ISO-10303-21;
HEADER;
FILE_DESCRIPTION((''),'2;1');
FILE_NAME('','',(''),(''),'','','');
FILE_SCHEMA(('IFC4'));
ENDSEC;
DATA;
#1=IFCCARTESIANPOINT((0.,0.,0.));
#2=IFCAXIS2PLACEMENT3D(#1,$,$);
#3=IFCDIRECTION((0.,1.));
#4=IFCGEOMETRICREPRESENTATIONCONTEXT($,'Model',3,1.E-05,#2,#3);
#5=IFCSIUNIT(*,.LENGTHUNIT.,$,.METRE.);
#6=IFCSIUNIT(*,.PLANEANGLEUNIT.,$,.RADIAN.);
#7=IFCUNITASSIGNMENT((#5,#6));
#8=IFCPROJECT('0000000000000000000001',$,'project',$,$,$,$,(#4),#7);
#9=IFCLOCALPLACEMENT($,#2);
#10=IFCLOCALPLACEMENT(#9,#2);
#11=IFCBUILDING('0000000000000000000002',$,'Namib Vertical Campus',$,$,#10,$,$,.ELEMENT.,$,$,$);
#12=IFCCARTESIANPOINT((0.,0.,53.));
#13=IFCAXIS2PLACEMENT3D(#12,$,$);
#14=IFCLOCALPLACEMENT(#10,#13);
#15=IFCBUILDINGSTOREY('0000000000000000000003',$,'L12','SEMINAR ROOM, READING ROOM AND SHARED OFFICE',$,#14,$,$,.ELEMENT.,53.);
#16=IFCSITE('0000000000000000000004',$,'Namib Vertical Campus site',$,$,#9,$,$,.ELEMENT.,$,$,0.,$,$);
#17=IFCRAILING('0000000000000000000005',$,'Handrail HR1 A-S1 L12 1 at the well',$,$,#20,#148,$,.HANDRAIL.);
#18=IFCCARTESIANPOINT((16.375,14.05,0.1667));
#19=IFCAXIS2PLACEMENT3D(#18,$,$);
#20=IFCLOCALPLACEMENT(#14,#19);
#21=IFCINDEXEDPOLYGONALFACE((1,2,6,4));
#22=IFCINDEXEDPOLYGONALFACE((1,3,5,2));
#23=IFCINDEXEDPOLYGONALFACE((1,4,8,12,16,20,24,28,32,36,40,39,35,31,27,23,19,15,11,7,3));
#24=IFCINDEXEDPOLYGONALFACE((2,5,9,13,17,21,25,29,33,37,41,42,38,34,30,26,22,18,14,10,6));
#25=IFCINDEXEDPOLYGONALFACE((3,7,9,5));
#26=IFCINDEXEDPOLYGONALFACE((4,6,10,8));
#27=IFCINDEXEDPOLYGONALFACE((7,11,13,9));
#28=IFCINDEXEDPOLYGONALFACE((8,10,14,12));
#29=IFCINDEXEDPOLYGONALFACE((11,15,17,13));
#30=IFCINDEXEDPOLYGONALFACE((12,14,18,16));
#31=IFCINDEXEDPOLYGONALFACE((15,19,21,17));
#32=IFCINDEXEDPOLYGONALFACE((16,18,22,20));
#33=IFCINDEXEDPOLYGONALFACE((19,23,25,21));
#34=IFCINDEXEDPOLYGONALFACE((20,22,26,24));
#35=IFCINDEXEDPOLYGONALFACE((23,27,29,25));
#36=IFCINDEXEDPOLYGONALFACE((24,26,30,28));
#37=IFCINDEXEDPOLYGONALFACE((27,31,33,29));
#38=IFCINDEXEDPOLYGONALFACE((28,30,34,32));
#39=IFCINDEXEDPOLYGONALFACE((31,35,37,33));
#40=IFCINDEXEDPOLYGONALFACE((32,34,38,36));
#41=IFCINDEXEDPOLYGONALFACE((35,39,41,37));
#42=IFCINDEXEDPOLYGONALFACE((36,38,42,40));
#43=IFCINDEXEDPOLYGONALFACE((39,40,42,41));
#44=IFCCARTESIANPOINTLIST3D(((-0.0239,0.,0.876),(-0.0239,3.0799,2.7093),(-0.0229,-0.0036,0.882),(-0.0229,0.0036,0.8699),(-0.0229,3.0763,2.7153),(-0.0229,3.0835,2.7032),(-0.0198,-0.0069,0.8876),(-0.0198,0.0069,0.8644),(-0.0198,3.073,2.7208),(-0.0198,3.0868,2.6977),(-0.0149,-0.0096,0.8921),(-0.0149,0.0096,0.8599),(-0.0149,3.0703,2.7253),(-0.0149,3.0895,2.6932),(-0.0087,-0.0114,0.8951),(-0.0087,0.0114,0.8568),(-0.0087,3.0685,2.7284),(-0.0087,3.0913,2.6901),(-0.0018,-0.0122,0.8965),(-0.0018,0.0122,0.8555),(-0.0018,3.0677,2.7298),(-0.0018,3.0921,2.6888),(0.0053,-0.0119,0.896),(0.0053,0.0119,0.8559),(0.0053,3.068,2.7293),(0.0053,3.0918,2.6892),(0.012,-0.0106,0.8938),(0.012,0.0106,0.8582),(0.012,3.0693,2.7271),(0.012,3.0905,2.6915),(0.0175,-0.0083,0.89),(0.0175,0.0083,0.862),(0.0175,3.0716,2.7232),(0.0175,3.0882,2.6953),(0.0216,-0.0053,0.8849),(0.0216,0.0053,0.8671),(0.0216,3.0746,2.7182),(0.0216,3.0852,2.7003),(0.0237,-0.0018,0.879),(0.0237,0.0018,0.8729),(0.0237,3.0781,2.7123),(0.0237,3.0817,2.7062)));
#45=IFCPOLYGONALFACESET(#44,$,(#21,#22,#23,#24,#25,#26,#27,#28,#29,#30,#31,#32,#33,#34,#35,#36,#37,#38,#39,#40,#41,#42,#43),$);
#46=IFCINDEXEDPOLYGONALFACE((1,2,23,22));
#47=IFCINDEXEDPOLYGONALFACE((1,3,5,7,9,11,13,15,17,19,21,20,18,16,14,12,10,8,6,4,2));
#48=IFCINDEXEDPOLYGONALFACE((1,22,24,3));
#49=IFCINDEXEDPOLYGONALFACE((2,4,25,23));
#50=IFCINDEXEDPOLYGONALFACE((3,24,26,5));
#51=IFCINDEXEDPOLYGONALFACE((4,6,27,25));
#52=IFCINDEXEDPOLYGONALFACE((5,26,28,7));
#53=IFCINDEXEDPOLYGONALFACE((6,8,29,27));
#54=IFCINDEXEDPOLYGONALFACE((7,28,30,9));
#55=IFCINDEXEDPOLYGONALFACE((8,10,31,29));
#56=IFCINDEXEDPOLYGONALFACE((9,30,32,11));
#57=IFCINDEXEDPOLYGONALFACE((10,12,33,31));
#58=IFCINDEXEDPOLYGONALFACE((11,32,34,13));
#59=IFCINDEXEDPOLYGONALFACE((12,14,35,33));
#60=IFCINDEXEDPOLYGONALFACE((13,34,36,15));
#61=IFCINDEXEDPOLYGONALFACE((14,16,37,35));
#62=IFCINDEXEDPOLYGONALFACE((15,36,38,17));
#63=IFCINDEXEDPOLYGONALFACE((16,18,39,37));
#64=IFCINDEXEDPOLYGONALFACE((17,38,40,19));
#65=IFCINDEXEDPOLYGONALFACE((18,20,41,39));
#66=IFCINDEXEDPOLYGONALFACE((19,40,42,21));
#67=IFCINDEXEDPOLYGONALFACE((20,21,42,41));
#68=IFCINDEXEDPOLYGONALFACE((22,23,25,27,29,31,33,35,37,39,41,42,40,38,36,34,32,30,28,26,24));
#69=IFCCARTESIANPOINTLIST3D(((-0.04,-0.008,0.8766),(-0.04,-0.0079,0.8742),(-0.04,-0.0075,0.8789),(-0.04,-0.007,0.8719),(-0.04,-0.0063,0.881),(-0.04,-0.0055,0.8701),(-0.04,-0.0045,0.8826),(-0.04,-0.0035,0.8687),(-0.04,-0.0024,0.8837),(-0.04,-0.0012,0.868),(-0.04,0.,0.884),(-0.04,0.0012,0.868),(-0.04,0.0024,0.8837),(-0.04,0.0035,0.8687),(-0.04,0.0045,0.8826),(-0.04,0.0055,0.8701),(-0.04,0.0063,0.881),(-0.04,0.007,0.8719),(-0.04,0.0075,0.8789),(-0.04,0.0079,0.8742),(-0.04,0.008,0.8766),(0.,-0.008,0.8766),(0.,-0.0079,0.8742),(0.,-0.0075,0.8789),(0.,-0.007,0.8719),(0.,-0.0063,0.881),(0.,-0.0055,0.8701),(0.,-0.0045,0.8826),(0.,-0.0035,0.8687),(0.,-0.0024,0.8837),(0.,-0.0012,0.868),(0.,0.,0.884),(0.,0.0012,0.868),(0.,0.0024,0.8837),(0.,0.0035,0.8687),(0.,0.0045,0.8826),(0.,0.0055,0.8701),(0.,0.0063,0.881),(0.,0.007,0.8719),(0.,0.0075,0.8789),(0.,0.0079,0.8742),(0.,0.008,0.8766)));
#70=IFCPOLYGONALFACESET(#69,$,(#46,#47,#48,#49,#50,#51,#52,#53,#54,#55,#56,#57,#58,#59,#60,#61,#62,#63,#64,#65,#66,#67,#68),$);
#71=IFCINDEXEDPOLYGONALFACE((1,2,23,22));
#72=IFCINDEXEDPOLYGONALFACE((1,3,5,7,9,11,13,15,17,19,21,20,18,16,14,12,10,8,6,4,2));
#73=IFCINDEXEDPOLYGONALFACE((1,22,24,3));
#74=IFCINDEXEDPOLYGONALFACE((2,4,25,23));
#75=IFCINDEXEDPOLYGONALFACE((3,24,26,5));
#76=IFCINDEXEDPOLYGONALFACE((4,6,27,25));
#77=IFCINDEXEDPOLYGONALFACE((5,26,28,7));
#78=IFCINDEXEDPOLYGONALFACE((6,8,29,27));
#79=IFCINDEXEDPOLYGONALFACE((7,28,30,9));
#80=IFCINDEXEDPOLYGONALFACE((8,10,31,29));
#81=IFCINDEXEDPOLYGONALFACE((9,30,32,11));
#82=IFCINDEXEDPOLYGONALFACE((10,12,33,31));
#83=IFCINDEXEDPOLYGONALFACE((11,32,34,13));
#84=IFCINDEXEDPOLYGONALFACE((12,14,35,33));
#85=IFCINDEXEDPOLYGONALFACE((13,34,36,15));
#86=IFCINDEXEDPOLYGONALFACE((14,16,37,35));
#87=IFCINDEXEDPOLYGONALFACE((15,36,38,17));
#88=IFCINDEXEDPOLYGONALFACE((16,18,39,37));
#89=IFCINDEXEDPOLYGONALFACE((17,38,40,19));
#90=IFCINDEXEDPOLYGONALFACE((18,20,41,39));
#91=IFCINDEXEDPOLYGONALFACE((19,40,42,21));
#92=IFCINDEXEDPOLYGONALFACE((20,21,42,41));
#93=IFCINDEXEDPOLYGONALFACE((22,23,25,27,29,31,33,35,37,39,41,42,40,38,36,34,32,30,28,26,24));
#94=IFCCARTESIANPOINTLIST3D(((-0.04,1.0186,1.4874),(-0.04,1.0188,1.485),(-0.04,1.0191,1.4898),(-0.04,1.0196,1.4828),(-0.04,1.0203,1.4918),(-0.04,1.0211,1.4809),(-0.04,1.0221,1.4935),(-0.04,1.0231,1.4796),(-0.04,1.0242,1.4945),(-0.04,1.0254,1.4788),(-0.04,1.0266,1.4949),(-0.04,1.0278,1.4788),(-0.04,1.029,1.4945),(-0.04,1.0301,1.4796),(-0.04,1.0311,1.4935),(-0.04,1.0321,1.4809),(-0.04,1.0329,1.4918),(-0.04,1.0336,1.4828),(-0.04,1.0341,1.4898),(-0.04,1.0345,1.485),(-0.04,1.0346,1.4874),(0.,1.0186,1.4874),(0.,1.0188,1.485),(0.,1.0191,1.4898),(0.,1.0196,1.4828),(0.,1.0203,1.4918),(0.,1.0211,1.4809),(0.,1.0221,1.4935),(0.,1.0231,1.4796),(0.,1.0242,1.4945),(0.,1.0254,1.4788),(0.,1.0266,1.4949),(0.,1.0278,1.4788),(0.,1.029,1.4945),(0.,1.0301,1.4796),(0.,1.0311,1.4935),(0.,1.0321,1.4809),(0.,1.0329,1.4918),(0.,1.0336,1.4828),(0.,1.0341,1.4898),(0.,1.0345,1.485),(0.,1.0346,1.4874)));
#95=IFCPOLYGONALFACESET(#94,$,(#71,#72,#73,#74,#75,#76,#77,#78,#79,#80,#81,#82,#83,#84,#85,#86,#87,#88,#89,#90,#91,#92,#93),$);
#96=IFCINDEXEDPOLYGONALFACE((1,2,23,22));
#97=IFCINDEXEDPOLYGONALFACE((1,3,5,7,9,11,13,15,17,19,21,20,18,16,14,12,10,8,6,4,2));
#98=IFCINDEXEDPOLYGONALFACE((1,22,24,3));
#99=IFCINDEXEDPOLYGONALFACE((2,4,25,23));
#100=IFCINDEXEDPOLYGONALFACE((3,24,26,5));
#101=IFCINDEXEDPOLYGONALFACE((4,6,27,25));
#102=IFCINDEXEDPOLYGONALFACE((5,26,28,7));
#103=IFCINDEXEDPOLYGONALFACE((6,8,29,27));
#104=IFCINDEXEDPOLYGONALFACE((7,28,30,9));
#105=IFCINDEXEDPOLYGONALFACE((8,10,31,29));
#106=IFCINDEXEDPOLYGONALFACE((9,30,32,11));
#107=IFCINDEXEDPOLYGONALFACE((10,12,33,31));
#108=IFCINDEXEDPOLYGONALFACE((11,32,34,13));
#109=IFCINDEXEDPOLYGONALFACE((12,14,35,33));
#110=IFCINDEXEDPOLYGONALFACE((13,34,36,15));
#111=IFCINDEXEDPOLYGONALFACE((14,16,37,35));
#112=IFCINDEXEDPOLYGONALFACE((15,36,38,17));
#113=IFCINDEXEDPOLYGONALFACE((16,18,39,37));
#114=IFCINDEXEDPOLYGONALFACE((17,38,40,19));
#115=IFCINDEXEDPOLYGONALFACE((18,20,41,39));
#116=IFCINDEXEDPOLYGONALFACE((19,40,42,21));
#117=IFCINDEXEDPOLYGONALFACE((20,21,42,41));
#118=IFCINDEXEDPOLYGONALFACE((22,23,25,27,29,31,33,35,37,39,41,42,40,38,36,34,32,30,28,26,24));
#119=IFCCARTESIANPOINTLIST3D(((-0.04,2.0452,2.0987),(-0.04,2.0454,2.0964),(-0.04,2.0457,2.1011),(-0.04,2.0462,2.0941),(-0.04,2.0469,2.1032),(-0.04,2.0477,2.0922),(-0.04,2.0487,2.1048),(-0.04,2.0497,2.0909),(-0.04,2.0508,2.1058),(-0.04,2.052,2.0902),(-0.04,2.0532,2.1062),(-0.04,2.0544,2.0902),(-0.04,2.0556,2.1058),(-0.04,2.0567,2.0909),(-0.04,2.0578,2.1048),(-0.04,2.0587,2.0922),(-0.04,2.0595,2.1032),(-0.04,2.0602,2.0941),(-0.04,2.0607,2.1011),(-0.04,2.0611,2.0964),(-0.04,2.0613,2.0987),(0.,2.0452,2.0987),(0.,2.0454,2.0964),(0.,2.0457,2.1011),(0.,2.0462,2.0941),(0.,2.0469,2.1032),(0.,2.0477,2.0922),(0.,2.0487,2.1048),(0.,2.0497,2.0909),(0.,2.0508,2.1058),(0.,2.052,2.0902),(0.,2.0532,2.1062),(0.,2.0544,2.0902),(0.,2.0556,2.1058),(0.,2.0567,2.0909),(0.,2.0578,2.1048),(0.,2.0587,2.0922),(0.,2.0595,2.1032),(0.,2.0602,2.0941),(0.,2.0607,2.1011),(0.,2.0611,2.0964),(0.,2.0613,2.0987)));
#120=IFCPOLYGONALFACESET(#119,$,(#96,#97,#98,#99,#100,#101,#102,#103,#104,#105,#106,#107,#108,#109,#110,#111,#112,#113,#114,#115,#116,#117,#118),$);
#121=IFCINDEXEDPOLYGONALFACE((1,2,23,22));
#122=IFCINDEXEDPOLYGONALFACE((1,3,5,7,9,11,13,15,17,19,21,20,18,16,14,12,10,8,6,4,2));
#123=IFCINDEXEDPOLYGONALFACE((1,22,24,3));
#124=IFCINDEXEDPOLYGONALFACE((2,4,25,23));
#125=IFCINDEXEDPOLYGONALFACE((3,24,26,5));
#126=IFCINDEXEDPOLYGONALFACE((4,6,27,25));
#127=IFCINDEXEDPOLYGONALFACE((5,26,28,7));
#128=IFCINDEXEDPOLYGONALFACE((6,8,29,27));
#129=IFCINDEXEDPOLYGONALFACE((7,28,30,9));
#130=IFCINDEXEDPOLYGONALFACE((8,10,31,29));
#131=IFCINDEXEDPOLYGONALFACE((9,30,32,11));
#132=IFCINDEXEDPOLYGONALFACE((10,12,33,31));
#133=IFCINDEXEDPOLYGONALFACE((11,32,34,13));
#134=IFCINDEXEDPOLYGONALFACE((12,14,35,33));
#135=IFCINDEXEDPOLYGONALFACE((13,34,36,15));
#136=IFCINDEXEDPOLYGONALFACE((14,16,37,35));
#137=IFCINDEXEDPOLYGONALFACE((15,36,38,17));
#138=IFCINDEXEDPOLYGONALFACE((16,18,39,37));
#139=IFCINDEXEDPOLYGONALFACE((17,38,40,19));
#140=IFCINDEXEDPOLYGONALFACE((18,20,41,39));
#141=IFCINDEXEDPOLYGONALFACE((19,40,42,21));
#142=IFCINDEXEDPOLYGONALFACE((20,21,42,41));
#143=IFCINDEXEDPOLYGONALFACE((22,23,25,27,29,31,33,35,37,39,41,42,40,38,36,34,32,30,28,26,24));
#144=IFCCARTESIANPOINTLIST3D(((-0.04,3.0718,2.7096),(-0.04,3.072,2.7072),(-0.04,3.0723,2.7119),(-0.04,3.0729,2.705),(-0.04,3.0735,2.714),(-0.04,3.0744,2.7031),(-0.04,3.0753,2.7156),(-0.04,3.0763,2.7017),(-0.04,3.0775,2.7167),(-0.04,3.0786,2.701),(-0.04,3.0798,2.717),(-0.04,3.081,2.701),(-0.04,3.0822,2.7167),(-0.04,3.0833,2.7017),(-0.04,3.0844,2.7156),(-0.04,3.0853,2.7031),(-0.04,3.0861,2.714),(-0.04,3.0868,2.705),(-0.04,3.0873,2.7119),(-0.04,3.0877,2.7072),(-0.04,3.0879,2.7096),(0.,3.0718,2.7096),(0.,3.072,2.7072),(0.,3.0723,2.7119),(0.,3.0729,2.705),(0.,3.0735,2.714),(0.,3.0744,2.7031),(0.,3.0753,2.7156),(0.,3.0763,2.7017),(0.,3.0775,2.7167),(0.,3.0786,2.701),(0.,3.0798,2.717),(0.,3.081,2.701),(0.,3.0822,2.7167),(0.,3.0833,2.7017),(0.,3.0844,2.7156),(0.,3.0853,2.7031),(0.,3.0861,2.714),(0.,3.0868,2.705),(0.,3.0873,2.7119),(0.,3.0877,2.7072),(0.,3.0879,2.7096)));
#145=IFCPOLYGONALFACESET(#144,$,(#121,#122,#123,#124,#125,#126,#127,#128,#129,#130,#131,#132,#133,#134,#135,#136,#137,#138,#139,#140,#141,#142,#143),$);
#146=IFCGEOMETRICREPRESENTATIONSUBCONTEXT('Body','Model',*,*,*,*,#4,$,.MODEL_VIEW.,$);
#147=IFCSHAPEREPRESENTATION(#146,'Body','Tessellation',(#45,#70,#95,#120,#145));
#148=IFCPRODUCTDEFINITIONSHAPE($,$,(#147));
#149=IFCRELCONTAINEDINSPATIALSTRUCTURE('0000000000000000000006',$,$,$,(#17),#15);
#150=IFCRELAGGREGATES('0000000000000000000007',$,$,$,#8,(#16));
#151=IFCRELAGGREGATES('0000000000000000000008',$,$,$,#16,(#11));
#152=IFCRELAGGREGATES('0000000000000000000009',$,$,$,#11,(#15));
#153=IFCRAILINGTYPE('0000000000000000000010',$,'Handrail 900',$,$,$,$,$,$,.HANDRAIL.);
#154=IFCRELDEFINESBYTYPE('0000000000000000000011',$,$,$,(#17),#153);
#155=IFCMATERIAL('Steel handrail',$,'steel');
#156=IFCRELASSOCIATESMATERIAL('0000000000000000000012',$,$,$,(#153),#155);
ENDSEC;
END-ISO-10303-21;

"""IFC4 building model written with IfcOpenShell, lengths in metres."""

from ifc_helpers import new_model, si_unit, direction, frame, origin, origin_2d, place, context, subcontext, project, spatial, circle, extrude, material, type_object, element, save


model = new_model("IFC4")

# Units and contexts
model_context = context("Model", 3, precision=1e-05, world=origin(), true_north=direction((0.0, 1.0)))
body_context = subcontext(model_context, "Body", "Model", "MODEL_VIEW")
ifc_project = project(units=[si_unit("LENGTHUNIT", "METRE"), si_unit("PLANEANGLEUNIT", "RADIAN")], contexts=[model_context])

# Site, building, storey
site_placement = place(None, origin())
site = spatial("IfcSite", under=ifc_project, at=site_placement, Name="Namib Vertical Campus site", CompositionType="ELEMENT", RefElevation=0.0)
building_placement = place(site_placement, origin())
building = spatial("IfcBuilding", under=site, at=building_placement, Name="Namib Vertical Campus", CompositionType="ELEMENT")
storey_placement = place(building_placement, frame((0.0, 0.0, 53.0)))
storey = spatial("IfcBuildingStorey", under=building, at=storey_placement, Name="L12", Description="SEMINAR ROOM, READING ROOM AND SHARED OFFICE", CompositionType="ELEMENT", Elevation=53.0)

# Railing
ifc_material_1 = material(Name="Steel handrail", Category="steel")
railing_type_1 = type_object("IfcRailingType", Name="Handrail 900", PredefinedType="HANDRAIL", material=ifc_material_1)
railing_1_placement = place(storey_placement, frame((16.375, 14.05, 0.1667)))
element("IfcRailing", 1, at=railing_1_placement, inside=storey, type_object=railing_type_1, Name="Handrail HR1 A-S1 L12 1 at the well", PredefinedType="HANDRAIL", context=body_context, shape_type="SweptSolid", body=[
    extrude(circle(Radius=0.0239, at=origin_2d()), frame((0.0, 0.0, 0.876), z_axis=(0.0, 0.859291, 0.511487), x_axis=(-1.0, 0.0, 0.0)), (0.0, 0.0, 1.0), 3.5842),
    extrude(circle(Radius=0.0081, at=origin_2d()), frame((0.0, 0.0, 0.876), z_axis=(-1.0, 0.0, 0.0), x_axis=(0.0, 0.0, 1.0)), (0.0, 0.0, 1.0), 0.04),
    extrude(circle(Radius=0.0081, at=origin_2d()), frame((0.0, 1.0266, 1.4868), z_axis=(-1.0, 0.0, 0.0), x_axis=(0.0, 0.0, 1.0)), (0.0, 0.0, 1.0), 0.04),
    extrude(circle(Radius=0.0081, at=origin_2d()), frame((0.0, 2.0532, 2.0981), z_axis=(-1.0, 0.0, 0.0), x_axis=(0.0, 0.0, 1.0)), (0.0, 0.0, 1.0), 0.04),
    extrude(circle(Radius=0.0081, at=origin_2d()), frame((0.0, 3.0798, 2.709), z_axis=(-1.0, 0.0, 0.0), x_axis=(0.0, 0.0, 1.0)), (0.0, 0.0, 1.0), 0.04),
])

save(model, "model.ifc")
